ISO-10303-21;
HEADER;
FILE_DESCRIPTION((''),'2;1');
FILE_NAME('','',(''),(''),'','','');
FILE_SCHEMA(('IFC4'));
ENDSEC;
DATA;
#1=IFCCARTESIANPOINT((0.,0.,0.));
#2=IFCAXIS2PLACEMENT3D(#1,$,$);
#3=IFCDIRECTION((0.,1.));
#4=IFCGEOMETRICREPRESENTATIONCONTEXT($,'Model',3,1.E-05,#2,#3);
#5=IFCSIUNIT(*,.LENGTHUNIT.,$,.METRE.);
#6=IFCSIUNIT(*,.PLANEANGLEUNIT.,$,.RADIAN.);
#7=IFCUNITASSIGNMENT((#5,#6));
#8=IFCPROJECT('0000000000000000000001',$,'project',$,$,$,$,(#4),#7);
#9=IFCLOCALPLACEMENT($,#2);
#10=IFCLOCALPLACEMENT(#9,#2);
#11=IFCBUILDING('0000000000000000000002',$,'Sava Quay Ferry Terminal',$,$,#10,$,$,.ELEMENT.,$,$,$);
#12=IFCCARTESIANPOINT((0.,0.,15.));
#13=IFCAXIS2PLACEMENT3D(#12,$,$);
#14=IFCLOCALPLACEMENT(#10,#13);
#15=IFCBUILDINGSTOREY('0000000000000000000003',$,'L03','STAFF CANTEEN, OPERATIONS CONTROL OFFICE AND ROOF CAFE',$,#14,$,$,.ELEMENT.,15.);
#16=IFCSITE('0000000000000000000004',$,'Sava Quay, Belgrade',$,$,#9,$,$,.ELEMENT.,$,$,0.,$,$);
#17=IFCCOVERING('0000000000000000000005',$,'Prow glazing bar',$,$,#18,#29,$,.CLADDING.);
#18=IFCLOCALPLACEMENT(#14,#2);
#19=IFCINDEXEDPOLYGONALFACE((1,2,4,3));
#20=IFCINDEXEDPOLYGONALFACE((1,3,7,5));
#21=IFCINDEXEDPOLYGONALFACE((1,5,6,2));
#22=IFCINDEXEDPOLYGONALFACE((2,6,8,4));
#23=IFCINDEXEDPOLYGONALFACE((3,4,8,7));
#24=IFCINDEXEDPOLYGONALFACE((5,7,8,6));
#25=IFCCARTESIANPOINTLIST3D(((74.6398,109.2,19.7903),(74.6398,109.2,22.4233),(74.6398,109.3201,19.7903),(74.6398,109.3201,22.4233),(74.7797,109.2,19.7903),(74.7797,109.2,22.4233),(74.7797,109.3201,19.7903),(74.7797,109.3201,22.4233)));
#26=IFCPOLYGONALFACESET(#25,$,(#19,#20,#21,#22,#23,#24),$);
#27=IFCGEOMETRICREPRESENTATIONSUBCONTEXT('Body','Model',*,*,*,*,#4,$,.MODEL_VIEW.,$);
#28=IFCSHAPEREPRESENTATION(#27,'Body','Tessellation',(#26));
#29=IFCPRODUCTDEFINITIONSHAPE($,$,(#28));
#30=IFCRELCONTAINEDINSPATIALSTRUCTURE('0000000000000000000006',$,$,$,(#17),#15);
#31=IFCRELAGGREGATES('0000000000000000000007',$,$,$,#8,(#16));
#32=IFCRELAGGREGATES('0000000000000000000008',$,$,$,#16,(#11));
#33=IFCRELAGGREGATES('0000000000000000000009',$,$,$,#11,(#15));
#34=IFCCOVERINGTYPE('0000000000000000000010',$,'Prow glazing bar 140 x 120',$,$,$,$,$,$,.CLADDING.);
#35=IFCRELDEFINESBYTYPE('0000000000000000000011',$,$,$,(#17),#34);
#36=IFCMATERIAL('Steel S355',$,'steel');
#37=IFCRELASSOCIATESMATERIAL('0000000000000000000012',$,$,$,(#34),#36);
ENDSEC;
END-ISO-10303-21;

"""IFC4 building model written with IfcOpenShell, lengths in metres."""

from ifc_helpers import new_model, si_unit, direction, frame, origin, origin_2d, place, context, subcontext, project, spatial, rectangle, extrude, material, material_profile, profile_set, type_object, element, save


model = new_model("IFC4")

# Units and contexts
model_context = context("Model", 3, precision=1e-05, world=origin(), true_north=direction((0.0, 1.0)))
body_context = subcontext(model_context, "Body", "Model", "MODEL_VIEW")
ifc_project = project(units=[si_unit("LENGTHUNIT", "METRE"), si_unit("PLANEANGLEUNIT", "RADIAN")], contexts=[model_context])

# Site, building, storey
site_placement = place(None, origin())
site = spatial("IfcSite", under=ifc_project, at=site_placement, Name="Sava Quay, Belgrade", CompositionType="ELEMENT", RefElevation=0.0)
building_placement = place(site_placement, origin())
building = spatial("IfcBuilding", under=site, at=building_placement, Name="Sava Quay Ferry Terminal", CompositionType="ELEMENT")
storey_placement = place(building_placement, frame((0.0, 0.0, 15.0)))
storey = spatial("IfcBuildingStorey", under=building, at=storey_placement, Name="L03", Description="STAFF CANTEEN, OPERATIONS CONTROL OFFICE AND ROOF CAFE", CompositionType="ELEMENT", Elevation=15.0)

# Covering
ifc_material_1 = material(Name="Steel S355", Category="steel")
ifc_material_profile_1 = material_profile(ifc_material_1, rectangle(XDim=0.1399, YDim=0.1201, at=origin_2d()), Name="Strip 140 x 120")
ifc_profile_set_1 = profile_set([ifc_material_profile_1], Name="Steel S355")
covering_type_1 = type_object("IfcCoveringType", Name="Prow glazing bar 140 x 120", PredefinedType="CLADDING", material=ifc_profile_set_1)
for number, where, z_axis, x_axis, name in (
    (1, (74.7097, 109.26, 19.7903), (0.0, 0.0, 1.0), (1.0, 0.0, 0.0), "Prow glazing bar"),
):
    element("IfcCovering", number, at=place(storey_placement, frame(where, z_axis=z_axis, x_axis=x_axis)), inside=storey, type_object=covering_type_1, Name=name, PredefinedType="CLADDING", context=body_context, shape_type="SweptSolid", body=[
        extrude(rectangle(XDim=0.1399, YDim=0.1201, at=origin_2d()), origin(), (0.0, 0.0, 1.0), 2.6331),
    ])

save(model, "model.ifc")
